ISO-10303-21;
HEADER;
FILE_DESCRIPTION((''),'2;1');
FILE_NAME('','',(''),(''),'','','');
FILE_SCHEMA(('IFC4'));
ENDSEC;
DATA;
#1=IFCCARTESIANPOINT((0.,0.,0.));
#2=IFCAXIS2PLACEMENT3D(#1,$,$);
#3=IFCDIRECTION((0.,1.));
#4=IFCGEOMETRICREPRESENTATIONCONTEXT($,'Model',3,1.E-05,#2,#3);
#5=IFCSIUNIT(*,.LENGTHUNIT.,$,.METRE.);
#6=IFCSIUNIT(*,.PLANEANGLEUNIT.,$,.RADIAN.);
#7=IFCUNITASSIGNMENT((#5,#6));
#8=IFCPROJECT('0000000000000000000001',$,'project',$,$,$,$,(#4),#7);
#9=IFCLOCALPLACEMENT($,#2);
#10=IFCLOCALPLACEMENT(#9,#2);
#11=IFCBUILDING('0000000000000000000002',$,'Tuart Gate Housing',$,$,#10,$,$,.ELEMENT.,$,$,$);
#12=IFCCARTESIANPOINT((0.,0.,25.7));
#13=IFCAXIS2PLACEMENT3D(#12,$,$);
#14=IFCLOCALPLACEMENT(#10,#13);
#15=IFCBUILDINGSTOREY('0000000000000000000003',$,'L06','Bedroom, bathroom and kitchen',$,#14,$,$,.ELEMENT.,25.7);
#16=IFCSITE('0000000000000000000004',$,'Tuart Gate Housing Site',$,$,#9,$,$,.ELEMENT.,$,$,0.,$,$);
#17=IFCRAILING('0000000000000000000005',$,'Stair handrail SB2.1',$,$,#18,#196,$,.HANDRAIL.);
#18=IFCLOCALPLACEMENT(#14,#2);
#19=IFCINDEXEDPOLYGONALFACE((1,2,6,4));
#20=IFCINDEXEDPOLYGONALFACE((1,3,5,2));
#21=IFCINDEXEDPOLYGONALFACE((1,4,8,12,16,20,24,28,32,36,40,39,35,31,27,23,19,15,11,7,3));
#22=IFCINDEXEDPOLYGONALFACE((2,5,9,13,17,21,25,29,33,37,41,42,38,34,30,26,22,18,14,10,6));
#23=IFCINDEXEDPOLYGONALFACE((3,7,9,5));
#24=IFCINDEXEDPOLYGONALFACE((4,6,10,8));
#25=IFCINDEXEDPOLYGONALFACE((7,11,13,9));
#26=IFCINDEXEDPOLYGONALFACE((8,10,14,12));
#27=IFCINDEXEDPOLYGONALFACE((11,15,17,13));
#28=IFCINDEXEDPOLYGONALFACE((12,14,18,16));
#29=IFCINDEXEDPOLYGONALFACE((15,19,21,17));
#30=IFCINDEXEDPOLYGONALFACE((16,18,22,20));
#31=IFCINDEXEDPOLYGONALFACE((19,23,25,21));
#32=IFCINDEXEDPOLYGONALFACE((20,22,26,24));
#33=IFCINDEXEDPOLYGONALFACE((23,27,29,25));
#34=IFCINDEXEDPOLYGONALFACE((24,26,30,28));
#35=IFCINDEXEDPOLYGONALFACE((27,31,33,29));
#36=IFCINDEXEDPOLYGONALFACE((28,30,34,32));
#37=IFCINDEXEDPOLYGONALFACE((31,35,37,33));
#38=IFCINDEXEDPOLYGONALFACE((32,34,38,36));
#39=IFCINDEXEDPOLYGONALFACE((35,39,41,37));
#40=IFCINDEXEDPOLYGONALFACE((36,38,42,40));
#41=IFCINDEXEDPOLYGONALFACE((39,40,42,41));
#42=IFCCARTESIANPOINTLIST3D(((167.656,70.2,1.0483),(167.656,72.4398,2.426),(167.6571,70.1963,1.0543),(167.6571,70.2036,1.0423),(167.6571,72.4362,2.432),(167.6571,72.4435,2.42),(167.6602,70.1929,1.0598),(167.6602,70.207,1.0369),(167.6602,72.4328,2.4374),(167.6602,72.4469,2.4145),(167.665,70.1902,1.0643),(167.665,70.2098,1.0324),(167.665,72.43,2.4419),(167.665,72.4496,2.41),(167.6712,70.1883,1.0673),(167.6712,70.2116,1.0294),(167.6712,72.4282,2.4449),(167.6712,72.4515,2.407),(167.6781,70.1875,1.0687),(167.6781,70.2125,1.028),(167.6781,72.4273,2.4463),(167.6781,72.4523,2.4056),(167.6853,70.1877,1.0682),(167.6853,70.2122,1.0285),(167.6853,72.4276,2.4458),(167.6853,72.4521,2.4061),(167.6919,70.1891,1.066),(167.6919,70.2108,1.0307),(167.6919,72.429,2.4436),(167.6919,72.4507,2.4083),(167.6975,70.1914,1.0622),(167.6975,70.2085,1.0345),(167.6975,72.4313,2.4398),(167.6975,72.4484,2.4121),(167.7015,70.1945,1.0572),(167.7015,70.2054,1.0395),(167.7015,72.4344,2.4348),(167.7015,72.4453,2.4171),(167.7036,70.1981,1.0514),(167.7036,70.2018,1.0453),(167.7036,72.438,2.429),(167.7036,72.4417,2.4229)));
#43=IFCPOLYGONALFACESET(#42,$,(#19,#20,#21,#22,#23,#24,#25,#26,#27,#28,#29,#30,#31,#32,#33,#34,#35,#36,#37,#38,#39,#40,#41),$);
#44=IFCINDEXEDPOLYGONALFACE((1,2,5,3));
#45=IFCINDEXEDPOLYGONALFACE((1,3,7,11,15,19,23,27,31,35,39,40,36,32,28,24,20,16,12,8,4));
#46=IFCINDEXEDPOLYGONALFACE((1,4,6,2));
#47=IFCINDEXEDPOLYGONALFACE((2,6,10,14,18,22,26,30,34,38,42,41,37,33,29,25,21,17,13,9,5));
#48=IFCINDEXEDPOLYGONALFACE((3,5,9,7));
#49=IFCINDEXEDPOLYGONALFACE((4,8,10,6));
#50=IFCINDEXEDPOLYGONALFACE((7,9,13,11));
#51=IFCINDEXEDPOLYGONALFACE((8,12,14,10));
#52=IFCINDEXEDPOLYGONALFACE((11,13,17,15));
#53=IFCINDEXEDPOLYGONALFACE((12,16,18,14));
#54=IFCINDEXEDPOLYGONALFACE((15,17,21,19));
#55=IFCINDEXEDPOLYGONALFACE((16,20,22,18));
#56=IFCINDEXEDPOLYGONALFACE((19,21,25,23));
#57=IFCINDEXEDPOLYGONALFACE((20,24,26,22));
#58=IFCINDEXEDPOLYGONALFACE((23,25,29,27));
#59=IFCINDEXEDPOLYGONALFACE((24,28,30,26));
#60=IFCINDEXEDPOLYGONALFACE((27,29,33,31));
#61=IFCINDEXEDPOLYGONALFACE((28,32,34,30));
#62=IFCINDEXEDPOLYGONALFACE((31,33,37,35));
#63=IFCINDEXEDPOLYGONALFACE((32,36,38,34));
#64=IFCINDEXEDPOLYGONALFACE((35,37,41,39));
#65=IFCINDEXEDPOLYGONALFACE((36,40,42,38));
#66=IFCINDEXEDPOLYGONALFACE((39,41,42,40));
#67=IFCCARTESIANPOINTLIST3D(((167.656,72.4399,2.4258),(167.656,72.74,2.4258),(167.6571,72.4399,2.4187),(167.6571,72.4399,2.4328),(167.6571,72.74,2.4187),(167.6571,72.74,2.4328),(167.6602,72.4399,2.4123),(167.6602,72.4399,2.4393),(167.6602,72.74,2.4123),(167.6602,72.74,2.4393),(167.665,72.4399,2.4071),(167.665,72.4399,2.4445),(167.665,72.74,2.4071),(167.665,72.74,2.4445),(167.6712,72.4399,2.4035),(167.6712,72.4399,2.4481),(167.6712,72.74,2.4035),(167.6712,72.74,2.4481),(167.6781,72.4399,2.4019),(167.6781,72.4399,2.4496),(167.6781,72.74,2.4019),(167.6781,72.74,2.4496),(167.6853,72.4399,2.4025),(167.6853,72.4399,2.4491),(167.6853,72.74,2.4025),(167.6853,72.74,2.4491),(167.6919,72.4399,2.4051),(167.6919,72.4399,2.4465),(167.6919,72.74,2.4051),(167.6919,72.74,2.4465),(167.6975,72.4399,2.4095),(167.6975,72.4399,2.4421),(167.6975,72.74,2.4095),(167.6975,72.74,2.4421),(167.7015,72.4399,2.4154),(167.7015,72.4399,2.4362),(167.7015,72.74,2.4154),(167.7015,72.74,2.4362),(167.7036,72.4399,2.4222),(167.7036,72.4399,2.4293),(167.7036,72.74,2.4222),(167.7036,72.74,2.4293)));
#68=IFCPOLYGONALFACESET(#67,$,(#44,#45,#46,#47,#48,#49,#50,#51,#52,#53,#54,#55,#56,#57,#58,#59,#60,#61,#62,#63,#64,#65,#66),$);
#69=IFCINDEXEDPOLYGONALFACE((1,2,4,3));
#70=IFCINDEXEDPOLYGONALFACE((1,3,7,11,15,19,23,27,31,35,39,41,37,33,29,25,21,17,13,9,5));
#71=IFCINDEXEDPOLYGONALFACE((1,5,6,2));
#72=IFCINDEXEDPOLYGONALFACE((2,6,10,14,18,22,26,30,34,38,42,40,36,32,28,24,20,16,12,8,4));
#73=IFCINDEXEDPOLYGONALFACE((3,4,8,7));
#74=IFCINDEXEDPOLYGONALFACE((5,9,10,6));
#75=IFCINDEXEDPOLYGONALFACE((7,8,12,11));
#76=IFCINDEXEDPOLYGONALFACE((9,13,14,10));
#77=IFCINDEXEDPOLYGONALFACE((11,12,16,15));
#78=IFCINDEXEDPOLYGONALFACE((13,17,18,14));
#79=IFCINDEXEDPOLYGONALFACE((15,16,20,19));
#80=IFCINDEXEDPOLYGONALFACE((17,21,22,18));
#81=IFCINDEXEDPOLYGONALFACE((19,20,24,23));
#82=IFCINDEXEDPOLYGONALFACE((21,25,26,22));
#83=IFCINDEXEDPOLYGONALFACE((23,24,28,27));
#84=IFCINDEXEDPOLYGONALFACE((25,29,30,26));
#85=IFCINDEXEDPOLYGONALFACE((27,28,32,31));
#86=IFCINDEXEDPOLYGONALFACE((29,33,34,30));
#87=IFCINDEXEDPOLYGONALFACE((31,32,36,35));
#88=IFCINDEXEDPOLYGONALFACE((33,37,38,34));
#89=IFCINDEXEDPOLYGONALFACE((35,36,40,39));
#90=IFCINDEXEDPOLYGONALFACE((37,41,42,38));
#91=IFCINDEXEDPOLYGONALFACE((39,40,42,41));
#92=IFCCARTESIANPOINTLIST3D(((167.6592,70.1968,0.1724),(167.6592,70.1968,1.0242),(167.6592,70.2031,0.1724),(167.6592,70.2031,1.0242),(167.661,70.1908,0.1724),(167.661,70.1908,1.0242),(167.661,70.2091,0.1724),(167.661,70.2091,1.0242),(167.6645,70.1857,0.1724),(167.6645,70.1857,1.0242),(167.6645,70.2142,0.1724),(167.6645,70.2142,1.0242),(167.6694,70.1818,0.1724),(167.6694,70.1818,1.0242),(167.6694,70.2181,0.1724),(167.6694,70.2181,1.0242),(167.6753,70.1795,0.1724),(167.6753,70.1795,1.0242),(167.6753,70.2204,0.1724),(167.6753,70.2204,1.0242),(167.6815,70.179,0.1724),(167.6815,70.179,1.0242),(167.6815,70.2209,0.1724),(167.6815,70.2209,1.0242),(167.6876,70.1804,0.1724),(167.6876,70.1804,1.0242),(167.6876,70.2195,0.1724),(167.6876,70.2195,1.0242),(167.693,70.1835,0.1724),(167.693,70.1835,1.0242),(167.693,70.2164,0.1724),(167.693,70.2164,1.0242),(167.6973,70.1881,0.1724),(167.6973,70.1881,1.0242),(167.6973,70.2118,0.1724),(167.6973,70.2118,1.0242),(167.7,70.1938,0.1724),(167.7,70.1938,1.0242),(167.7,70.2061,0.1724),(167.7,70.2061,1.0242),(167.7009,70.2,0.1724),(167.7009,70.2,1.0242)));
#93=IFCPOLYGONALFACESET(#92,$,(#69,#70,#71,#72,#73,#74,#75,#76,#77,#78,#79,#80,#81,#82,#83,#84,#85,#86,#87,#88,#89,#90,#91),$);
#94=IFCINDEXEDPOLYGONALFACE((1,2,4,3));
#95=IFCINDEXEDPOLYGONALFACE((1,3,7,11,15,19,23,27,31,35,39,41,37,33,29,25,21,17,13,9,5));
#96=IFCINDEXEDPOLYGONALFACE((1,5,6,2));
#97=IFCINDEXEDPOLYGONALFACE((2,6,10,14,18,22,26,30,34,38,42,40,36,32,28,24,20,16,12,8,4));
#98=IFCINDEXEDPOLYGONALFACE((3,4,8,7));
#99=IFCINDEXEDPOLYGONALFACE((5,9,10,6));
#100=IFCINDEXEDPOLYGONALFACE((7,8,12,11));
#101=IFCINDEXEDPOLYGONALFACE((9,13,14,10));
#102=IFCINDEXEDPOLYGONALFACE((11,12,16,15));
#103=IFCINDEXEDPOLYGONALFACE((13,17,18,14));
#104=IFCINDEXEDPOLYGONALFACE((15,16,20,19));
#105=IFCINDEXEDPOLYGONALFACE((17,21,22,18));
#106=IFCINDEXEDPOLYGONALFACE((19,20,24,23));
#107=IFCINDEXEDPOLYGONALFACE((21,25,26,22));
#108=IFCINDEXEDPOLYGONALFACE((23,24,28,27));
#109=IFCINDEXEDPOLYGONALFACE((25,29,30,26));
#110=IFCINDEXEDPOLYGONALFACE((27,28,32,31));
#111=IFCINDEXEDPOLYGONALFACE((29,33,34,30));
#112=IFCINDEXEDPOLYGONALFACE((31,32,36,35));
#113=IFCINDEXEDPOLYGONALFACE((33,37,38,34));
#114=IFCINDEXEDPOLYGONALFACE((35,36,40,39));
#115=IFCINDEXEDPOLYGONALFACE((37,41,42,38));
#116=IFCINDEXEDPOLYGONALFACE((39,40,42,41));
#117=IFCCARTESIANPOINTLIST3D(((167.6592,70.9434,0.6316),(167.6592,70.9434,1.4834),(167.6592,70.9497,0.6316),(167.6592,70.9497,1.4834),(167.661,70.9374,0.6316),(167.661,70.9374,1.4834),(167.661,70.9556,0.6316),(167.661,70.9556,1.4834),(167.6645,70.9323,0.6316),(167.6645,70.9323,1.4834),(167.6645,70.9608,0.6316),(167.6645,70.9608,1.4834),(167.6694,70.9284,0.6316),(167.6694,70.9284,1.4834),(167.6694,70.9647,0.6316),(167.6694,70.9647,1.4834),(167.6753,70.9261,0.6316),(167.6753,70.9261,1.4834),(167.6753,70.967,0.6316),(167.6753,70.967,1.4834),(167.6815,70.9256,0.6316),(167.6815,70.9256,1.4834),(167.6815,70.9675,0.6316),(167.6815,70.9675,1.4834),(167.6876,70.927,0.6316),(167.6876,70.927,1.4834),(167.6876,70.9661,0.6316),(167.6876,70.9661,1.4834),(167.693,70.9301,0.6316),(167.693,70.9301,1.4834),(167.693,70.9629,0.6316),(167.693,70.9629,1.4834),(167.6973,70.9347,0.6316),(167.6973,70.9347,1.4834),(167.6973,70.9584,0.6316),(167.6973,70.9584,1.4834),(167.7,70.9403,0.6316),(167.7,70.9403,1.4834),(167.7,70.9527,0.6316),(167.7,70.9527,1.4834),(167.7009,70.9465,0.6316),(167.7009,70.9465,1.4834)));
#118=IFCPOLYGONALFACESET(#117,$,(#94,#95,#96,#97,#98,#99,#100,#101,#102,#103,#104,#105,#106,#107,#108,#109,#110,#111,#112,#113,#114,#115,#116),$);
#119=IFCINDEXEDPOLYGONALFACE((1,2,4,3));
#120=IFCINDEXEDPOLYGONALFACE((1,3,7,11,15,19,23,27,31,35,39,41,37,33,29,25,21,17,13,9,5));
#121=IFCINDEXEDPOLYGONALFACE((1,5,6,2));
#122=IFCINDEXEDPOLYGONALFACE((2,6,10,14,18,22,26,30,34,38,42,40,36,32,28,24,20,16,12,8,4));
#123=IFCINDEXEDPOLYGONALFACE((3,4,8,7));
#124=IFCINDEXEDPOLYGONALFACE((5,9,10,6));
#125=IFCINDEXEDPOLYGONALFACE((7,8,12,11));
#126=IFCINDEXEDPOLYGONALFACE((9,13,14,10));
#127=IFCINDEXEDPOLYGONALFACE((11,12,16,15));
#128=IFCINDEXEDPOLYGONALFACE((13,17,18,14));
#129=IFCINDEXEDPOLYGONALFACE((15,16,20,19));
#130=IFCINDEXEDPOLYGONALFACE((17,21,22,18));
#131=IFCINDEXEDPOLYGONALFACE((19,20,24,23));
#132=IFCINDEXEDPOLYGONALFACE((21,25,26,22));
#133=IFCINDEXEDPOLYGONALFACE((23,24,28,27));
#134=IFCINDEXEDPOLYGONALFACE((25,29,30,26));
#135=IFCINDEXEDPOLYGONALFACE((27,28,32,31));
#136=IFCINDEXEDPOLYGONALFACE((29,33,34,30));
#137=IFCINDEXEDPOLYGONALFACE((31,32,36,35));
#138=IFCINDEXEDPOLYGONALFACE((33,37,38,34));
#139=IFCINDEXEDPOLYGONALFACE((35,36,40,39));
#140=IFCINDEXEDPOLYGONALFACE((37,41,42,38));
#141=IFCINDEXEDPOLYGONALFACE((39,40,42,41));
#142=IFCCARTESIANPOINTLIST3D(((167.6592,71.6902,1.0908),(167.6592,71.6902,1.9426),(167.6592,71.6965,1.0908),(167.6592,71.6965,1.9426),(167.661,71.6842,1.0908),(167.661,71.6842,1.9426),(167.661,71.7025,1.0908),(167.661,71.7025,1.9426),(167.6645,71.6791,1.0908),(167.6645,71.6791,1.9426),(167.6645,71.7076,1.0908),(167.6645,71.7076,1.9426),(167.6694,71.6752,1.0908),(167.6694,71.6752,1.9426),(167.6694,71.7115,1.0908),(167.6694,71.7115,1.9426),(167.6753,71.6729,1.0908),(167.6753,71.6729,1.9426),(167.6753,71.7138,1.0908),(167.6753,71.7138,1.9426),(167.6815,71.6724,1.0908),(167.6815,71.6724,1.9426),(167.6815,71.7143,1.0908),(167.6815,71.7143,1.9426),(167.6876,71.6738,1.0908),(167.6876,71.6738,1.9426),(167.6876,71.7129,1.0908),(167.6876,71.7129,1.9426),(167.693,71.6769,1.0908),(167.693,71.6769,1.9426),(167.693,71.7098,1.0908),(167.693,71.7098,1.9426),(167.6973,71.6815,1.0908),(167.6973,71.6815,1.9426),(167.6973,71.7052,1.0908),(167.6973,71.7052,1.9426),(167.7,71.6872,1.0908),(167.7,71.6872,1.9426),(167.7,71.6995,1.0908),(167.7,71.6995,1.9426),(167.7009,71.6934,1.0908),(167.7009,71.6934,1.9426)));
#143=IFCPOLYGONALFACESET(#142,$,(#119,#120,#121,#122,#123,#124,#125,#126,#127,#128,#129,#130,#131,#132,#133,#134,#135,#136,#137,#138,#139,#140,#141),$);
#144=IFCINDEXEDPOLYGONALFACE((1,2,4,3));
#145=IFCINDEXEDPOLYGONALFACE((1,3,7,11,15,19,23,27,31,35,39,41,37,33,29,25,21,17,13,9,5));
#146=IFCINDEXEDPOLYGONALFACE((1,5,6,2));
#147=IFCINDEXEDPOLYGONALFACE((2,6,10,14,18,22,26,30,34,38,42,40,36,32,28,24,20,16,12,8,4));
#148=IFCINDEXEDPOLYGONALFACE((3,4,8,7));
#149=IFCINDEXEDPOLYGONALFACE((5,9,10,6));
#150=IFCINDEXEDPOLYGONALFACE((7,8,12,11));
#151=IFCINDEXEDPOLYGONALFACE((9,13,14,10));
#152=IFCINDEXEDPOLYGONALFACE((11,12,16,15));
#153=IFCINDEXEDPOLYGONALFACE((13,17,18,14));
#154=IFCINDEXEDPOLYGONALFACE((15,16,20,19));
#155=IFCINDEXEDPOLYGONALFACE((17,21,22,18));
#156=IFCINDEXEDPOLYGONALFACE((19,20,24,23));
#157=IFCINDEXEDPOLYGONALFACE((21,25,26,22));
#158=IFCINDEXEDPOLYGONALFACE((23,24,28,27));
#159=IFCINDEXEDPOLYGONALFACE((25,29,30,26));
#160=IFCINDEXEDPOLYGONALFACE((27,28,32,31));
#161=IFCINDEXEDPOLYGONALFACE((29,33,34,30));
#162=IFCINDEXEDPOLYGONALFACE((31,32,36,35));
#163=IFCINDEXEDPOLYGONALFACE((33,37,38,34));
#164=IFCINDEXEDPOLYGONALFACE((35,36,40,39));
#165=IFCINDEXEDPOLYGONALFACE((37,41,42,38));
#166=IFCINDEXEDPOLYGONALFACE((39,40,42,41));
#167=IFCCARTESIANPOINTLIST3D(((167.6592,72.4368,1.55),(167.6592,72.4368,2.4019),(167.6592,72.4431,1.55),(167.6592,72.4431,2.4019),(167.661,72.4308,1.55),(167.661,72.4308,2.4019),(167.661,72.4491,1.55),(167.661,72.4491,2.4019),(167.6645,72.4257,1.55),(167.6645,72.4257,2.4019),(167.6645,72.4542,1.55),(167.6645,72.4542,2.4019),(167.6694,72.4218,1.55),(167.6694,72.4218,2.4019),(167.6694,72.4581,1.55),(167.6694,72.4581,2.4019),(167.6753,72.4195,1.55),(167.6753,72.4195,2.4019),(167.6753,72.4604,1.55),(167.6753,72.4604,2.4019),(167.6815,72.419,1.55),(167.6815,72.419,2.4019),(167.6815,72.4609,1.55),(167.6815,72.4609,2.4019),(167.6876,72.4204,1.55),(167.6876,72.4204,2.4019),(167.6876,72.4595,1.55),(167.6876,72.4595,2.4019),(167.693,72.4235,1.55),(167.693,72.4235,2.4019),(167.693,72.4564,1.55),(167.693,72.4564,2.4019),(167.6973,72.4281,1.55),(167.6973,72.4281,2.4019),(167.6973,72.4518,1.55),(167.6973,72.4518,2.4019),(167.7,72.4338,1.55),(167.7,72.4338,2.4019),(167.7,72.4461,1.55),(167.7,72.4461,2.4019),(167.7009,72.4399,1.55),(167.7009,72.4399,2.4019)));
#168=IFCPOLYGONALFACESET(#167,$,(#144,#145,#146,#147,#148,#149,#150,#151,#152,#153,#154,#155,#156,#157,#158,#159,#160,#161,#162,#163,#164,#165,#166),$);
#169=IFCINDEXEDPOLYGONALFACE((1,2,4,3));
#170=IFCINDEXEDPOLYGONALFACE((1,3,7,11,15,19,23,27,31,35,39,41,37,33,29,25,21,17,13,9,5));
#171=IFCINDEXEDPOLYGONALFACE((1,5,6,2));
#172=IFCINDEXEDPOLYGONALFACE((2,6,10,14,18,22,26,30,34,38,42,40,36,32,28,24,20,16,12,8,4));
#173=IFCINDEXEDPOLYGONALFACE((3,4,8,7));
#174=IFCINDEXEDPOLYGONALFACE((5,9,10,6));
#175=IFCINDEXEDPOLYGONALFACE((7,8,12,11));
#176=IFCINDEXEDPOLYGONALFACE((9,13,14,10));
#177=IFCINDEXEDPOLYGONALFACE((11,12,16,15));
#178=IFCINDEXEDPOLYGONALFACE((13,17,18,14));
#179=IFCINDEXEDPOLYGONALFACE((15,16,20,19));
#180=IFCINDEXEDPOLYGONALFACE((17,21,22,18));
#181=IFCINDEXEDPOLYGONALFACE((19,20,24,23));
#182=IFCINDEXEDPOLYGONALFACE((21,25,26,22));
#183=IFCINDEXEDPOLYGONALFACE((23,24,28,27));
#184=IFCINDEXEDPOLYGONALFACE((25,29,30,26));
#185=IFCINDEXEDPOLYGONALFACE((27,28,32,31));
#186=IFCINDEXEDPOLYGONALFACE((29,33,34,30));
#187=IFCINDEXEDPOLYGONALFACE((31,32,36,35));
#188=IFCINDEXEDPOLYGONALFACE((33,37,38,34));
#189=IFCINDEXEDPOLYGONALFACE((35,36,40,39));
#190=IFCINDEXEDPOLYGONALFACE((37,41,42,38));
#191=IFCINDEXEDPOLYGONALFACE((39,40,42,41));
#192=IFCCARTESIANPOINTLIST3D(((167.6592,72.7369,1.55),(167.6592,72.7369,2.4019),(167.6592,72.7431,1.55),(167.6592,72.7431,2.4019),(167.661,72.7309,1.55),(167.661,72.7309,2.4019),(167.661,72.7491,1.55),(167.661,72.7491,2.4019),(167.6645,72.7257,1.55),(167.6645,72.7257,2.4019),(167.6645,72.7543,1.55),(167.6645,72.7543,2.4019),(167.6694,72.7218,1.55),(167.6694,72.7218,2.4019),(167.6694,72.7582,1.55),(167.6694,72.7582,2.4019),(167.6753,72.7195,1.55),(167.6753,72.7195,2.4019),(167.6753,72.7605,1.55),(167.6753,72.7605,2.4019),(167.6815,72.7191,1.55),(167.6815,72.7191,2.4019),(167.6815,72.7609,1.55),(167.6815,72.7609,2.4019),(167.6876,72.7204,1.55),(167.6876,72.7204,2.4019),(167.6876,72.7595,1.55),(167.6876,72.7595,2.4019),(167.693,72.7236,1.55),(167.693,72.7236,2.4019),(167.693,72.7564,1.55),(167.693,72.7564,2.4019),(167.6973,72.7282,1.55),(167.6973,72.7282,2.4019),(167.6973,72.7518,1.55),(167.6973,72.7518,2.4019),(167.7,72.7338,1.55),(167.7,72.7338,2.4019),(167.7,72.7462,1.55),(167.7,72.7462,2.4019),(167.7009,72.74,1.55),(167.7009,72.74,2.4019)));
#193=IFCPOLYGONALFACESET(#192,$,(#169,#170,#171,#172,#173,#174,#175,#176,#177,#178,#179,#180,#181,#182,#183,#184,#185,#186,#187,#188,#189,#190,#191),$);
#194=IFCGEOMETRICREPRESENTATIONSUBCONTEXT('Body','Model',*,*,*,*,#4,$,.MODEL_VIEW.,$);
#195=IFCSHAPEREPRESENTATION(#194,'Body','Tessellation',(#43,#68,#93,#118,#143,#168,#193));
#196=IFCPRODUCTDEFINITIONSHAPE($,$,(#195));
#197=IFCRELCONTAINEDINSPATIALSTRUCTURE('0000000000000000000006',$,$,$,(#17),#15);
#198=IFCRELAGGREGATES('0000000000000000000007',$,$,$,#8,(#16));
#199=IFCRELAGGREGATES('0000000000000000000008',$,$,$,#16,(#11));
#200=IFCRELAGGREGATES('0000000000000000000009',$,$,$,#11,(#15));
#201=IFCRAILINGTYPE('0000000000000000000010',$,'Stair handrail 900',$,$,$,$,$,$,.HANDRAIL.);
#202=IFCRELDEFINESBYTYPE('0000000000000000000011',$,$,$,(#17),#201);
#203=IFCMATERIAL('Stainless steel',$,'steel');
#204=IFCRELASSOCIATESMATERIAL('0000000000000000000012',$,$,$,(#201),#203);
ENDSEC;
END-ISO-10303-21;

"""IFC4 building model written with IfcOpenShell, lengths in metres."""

from ifc_helpers import new_model, si_unit, direction, frame, origin, origin_2d, place, context, subcontext, project, spatial, circle, extrude, material, type_object, element, save


model = new_model("IFC4")

# Units and contexts
model_context = context("Model", 3, precision=1e-05, world=origin(), true_north=direction((0.0, 1.0)))
body_context = subcontext(model_context, "Body", "Model", "MODEL_VIEW")
ifc_project = project(units=[si_unit("LENGTHUNIT", "METRE"), si_unit("PLANEANGLEUNIT", "RADIAN")], contexts=[model_context])

# Site, building, storey
site_placement = place(None, origin())
site = spatial("IfcSite", under=ifc_project, at=site_placement, Name="Tuart Gate Housing Site", CompositionType="ELEMENT", RefElevation=0.0)
building_placement = place(site_placement, origin())
building = spatial("IfcBuilding", under=site, at=building_placement, Name="Tuart Gate Housing", CompositionType="ELEMENT")
storey_placement = place(building_placement, frame((0.0, 0.0, 25.7)))
storey = spatial("IfcBuildingStorey", under=building, at=storey_placement, Name="L06", Description="Bedroom, bathroom and kitchen", CompositionType="ELEMENT", Elevation=25.7)

# Railing
ifc_material_1 = material(Name="Stainless steel", Category="steel")
railing_type = type_object("IfcRailingType", Name="Stair handrail 900", PredefinedType="HANDRAIL", material=ifc_material_1)
railing_placement = place(storey_placement, frame((167.6799, 70.2, 0.1724)))
element("IfcRailing", 1, at=railing_placement, inside=storey, type_object=railing_type, Name="Stair handrail SB2.1", PredefinedType="HANDRAIL", context=body_context, shape_type="SweptSolid", body=[
    extrude(circle(Radius=0.0239, at=origin_2d()), frame((0.0, 0.0, 0.876), z_axis=(0.0, 0.851789, 0.523885), x_axis=(-1.0, 0.0, 0.0)), (0.0, 0.0, 1.0), 2.6296),
    extrude(circle(Radius=0.0239, at=origin_2d()), frame((0.0, 2.24, 2.2534), z_axis=(0.0, 1.0, 0.0), x_axis=(-1.0, 0.0, 0.0)), (0.0, 0.0, 1.0), 0.3),
    extrude(circle(Radius=0.021, at=origin_2d()), origin(), (0.0, 0.0, 1.0), 0.8518),
    extrude(circle(Radius=0.021, at=origin_2d()), frame((0.0, 0.7466, 0.4592)), (0.0, 0.0, 1.0), 0.8518),
    extrude(circle(Radius=0.021, at=origin_2d()), frame((0.0, 1.4934, 0.9185)), (0.0, 0.0, 1.0), 0.8518),
    extrude(circle(Radius=0.021, at=origin_2d()), frame((0.0, 2.24, 1.3777)), (0.0, 0.0, 1.0), 0.8518),
    extrude(circle(Radius=0.021, at=origin_2d()), frame((0.0, 2.54, 1.3777)), (0.0, 0.0, 1.0), 0.8518),
])

save(model, "model.ifc")
